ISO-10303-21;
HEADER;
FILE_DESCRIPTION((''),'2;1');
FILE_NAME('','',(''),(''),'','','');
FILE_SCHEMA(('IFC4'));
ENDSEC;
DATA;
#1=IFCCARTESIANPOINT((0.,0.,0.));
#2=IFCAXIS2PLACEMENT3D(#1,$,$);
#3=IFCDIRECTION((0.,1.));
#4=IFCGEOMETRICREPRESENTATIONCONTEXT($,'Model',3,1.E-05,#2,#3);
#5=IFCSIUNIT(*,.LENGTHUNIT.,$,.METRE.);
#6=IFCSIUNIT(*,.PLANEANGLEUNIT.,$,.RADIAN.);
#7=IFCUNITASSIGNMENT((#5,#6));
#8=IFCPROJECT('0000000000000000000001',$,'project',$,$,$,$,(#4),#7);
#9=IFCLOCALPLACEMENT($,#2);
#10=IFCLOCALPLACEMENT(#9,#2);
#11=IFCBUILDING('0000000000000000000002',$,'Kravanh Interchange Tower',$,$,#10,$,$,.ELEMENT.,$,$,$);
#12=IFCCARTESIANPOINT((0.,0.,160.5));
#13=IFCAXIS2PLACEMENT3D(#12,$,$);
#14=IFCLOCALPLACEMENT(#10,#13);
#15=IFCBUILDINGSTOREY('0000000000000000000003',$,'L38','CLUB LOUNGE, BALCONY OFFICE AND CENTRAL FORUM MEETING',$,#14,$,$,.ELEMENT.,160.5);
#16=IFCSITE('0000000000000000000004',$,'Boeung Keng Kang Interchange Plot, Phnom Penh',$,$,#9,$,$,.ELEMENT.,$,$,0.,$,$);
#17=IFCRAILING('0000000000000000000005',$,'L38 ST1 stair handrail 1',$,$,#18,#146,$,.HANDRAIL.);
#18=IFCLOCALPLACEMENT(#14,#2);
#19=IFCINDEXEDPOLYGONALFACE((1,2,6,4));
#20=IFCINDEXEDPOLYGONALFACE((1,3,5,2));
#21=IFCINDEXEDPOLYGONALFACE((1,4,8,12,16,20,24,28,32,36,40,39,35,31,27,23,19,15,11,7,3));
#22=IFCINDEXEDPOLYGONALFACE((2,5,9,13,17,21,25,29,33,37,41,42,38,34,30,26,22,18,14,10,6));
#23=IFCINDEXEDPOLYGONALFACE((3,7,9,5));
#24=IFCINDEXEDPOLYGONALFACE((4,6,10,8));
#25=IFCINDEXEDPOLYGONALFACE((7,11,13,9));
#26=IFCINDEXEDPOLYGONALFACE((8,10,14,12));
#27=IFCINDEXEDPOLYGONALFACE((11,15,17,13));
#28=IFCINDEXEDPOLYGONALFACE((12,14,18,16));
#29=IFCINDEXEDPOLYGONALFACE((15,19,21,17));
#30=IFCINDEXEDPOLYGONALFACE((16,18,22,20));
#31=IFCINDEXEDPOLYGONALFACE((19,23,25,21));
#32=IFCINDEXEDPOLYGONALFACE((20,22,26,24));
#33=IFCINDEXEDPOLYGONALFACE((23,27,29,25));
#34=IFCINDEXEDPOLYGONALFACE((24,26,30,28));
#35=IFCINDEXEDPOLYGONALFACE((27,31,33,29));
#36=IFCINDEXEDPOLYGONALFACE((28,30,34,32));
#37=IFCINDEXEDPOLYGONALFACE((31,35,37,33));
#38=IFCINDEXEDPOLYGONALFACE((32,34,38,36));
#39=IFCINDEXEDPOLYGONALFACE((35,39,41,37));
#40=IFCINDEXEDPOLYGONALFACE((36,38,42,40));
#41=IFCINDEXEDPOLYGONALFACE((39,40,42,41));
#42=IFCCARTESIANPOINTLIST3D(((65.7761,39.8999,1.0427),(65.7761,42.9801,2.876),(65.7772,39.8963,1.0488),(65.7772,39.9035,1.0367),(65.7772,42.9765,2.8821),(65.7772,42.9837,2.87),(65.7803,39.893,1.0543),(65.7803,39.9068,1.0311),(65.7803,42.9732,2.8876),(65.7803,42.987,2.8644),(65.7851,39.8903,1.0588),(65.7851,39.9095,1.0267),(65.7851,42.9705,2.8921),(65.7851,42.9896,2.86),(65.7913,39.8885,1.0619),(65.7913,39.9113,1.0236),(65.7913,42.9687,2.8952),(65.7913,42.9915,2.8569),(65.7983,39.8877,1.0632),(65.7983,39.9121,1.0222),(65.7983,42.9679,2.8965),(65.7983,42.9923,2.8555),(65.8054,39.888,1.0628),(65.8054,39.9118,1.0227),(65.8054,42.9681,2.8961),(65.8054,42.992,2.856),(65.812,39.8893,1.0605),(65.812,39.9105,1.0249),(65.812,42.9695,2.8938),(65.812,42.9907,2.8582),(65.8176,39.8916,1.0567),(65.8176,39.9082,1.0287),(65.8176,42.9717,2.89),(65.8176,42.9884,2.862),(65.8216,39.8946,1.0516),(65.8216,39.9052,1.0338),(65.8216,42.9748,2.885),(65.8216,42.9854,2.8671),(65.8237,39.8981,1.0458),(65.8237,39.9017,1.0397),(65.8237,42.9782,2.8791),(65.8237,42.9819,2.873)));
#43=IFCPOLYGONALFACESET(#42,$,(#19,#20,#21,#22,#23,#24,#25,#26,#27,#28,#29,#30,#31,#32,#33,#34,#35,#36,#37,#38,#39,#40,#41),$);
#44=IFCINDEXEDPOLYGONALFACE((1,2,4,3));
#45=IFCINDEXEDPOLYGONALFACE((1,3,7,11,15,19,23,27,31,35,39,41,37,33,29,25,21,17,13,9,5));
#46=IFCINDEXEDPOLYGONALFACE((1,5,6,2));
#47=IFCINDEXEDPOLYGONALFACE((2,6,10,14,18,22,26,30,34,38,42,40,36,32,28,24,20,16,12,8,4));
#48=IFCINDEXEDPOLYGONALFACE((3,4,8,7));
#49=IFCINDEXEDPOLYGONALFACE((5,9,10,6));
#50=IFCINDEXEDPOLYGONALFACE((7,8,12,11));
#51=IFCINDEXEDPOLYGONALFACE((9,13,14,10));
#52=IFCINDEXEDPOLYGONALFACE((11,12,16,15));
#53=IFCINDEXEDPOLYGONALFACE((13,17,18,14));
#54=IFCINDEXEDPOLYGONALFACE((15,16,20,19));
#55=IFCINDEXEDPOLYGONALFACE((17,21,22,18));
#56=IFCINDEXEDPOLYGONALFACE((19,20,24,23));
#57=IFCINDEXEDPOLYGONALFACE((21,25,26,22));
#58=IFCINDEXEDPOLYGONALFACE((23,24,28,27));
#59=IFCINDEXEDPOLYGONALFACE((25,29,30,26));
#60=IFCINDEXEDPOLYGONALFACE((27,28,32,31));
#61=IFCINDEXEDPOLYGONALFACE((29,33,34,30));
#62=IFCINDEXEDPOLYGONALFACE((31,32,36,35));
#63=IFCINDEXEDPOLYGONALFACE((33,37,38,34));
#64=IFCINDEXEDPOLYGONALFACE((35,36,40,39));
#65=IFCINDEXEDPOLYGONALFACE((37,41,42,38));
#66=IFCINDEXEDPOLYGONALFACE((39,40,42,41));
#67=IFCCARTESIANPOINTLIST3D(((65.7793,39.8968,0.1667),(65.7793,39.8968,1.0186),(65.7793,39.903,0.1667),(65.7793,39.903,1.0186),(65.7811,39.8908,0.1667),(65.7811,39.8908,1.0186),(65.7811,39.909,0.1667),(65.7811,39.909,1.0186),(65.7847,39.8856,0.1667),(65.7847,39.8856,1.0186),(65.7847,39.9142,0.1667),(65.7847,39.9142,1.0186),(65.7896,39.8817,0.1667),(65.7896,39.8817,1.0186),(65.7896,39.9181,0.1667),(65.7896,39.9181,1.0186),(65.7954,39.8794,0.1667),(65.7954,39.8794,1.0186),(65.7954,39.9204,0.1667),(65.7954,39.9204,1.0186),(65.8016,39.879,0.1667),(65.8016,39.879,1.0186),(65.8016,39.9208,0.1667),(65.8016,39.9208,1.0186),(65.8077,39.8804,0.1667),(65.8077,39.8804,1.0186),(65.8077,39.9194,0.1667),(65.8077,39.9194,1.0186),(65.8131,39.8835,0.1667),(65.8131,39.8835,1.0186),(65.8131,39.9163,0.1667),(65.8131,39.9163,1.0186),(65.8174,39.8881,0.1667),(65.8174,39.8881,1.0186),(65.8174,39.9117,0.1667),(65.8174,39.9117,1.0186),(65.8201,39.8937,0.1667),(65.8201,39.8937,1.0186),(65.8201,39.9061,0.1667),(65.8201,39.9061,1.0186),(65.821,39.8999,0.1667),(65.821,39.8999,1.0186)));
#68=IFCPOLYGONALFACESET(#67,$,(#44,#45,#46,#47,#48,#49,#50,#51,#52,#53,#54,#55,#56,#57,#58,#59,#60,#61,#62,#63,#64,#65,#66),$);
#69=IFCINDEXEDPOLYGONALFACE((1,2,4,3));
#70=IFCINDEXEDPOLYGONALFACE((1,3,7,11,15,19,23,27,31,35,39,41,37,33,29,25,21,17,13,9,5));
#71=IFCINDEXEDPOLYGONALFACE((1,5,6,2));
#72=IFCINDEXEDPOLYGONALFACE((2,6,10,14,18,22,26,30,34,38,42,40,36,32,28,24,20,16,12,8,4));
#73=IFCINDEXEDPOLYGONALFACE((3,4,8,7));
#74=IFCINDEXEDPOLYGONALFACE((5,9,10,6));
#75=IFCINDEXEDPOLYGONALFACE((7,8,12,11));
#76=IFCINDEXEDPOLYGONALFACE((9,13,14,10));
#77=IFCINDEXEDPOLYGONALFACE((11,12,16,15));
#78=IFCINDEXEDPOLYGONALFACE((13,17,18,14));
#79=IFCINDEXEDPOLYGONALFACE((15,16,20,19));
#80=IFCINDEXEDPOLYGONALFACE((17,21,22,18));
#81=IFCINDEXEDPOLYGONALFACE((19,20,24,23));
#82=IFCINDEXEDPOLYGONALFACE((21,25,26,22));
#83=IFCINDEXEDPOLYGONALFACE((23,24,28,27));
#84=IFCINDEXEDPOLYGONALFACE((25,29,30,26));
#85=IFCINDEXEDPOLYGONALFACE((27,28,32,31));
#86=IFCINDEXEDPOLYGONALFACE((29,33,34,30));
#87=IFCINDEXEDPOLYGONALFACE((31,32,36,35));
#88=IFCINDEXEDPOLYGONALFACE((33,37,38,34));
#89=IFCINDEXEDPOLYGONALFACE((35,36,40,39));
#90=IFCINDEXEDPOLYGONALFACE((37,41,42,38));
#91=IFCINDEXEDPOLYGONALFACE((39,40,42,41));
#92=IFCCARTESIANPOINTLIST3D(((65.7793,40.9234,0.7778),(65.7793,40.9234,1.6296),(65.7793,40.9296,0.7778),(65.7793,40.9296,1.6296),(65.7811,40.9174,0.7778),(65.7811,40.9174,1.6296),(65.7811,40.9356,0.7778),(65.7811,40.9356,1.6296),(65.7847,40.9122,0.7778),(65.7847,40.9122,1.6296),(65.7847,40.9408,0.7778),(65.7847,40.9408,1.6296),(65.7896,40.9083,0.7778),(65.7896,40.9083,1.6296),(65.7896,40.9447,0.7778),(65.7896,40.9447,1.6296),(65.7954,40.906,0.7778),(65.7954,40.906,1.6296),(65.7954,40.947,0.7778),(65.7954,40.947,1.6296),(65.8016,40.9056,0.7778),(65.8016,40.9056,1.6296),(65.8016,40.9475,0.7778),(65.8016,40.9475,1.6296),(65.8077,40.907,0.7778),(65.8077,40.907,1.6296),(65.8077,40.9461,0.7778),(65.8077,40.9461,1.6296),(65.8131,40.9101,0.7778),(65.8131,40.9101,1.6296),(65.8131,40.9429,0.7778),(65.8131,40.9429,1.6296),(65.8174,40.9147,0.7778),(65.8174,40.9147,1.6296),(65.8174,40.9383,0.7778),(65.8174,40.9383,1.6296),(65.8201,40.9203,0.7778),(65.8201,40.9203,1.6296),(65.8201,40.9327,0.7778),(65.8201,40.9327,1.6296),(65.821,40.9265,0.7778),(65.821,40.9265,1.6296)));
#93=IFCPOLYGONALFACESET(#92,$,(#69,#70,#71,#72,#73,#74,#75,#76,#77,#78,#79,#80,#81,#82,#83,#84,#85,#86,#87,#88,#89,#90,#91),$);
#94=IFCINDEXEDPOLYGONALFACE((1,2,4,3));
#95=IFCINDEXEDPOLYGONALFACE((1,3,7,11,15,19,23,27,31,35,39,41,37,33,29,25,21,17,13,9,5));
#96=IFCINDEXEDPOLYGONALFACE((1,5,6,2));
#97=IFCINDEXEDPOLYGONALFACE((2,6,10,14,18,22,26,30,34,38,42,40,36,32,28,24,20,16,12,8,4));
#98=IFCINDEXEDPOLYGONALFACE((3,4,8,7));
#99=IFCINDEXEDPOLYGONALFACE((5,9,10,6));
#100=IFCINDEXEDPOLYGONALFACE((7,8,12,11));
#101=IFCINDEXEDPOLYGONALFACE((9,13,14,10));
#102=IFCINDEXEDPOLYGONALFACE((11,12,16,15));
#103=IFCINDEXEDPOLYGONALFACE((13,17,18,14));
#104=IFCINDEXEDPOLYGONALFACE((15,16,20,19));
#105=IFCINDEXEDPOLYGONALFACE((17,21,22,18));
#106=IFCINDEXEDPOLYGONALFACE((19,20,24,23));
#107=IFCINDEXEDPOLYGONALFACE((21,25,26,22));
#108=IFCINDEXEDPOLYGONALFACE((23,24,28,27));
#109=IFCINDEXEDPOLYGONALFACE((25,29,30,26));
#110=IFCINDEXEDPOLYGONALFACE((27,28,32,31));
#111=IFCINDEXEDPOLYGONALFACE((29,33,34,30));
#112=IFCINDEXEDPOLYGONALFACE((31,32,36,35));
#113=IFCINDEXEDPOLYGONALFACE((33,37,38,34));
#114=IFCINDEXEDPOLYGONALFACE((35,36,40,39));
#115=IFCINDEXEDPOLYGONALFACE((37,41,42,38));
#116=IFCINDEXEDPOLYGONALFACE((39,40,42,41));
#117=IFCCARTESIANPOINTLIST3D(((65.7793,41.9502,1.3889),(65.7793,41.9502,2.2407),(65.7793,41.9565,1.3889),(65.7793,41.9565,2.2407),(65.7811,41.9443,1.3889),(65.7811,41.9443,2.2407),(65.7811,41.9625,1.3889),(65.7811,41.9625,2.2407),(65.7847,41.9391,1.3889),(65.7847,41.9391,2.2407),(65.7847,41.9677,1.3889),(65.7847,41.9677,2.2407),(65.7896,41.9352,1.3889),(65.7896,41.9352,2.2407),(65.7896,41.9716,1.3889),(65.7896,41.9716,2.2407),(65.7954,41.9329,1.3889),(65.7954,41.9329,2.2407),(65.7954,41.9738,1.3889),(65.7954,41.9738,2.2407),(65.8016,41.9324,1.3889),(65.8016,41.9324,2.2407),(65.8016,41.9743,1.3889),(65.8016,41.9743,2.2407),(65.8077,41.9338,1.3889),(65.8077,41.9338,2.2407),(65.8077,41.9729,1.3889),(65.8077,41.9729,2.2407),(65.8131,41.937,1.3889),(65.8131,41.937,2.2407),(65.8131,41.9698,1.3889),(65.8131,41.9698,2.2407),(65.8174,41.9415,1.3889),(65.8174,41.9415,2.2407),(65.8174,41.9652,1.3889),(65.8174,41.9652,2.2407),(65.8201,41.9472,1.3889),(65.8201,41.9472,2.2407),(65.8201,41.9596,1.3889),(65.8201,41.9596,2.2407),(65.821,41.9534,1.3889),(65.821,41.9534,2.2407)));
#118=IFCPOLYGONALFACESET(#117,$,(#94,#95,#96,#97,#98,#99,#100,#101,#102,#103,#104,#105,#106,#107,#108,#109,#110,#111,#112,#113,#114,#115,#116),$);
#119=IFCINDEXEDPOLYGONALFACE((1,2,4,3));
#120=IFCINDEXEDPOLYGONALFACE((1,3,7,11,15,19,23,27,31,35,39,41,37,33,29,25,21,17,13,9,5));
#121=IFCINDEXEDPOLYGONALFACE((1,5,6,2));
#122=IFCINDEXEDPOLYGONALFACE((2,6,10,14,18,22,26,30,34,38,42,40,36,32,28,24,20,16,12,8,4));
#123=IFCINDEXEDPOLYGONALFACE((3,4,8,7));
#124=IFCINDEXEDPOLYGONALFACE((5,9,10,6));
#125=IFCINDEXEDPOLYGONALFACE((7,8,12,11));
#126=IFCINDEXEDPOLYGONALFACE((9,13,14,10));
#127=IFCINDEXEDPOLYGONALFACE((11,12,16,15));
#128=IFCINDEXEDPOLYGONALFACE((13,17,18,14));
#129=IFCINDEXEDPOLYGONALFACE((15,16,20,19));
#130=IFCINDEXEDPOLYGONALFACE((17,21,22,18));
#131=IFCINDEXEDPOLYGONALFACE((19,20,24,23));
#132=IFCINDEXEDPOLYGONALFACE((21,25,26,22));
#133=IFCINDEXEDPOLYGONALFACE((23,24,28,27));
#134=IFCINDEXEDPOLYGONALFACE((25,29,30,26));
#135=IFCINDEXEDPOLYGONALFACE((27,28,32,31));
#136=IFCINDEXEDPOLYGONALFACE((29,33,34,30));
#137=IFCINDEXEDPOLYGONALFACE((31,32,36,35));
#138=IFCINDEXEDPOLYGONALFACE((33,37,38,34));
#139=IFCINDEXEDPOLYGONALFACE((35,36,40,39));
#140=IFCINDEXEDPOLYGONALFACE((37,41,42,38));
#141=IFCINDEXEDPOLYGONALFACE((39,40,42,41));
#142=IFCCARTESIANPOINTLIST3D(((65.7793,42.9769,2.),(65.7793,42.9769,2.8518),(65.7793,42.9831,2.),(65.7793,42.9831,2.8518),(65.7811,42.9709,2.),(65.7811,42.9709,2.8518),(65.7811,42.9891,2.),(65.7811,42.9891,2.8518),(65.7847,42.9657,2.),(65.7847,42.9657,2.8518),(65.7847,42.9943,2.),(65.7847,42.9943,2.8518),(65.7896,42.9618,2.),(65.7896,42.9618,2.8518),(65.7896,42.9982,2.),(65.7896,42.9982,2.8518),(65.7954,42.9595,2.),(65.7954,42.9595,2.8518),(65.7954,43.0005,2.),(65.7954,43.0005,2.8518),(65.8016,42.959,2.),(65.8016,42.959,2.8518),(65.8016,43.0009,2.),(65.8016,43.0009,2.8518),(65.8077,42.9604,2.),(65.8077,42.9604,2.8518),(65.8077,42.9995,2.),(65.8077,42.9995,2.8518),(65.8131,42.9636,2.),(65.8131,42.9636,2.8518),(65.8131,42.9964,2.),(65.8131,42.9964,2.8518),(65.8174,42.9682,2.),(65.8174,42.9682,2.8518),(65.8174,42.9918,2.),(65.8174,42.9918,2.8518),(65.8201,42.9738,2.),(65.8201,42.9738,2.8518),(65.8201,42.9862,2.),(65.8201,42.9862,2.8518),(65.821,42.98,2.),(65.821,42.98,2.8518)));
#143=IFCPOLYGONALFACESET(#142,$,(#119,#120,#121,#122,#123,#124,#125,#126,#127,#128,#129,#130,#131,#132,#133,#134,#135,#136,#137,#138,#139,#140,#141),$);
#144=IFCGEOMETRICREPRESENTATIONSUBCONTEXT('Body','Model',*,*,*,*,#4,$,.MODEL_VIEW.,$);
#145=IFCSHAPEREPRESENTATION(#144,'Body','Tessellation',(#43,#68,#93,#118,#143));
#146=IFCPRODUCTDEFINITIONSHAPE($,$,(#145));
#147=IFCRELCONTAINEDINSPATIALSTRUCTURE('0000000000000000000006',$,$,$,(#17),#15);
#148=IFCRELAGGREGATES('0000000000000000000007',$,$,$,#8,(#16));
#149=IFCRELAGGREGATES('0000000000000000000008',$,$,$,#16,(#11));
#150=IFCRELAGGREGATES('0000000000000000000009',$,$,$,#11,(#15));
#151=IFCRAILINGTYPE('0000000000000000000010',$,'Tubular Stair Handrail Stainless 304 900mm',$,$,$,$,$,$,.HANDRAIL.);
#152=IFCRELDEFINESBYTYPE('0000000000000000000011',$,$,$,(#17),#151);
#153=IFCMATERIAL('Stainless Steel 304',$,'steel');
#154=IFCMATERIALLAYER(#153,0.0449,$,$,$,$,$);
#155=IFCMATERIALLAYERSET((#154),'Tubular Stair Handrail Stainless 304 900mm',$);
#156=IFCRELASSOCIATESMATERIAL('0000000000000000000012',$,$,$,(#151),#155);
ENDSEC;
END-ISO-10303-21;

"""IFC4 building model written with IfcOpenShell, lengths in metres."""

from ifc_helpers import new_model, si_unit, direction, frame, origin, origin_2d, place, context, subcontext, project, spatial, circle, extrude, material, layer, layer_set, type_object, element, save


model = new_model("IFC4")

# Units and contexts
model_context = context("Model", 3, precision=1e-05, world=origin(), true_north=direction((0.0, 1.0)))
body_context = subcontext(model_context, "Body", "Model", "MODEL_VIEW")
ifc_project = project(units=[si_unit("LENGTHUNIT", "METRE"), si_unit("PLANEANGLEUNIT", "RADIAN")], contexts=[model_context])

# Site, building, storey
site_placement = place(None, origin())
site = spatial("IfcSite", under=ifc_project, at=site_placement, Name="Boeung Keng Kang Interchange Plot, Phnom Penh", CompositionType="ELEMENT", RefElevation=0.0)
building_placement = place(site_placement, origin())
building = spatial("IfcBuilding", under=site, at=building_placement, Name="Kravanh Interchange Tower", CompositionType="ELEMENT")
storey_placement = place(building_placement, frame((0.0, 0.0, 160.5)))
storey = spatial("IfcBuildingStorey", under=building, at=storey_placement, Name="L38", Description="CLUB LOUNGE, BALCONY OFFICE AND CENTRAL FORUM MEETING", CompositionType="ELEMENT", Elevation=160.5)

# Railing
ifc_material_1 = material(Name="Stainless Steel 304", Category="steel")
ifc_layer_1 = layer(ifc_material_1, 0.0449)
ifc_layer_set_1 = layer_set([ifc_layer_1], Name="Tubular Stair Handrail Stainless 304 900mm")
railing_type_1 = type_object("IfcRailingType", Name="Tubular Stair Handrail Stainless 304 900mm", PredefinedType="HANDRAIL", material=ifc_layer_set_1)
railing_1_placement = place(storey_placement, frame((65.8, 39.8999, 0.1667)))
element("IfcRailing", 1, at=railing_1_placement, inside=storey, type_object=railing_type_1, Name="L38 ST1 stair handrail 1", PredefinedType="HANDRAIL", context=body_context, shape_type="SweptSolid", body=[
    extrude(circle(Radius=0.0239, at=origin_2d()), frame((0.0, 0.0, 0.876), z_axis=(0.0, 0.859309, 0.511458), x_axis=(-1.0, 0.0, 0.0)), (0.0, 0.0, 1.0), 3.5845),
    extrude(circle(Radius=0.021, at=origin_2d()), origin(), (0.0, 0.0, 1.0), 0.8518),
    extrude(circle(Radius=0.021, at=origin_2d()), frame((0.0, 1.0266, 0.6111)), (0.0, 0.0, 1.0), 0.8518),
    extrude(circle(Radius=0.021, at=origin_2d()), frame((0.0, 2.0535, 1.2222)), (0.0, 0.0, 1.0), 0.8518),
    extrude(circle(Radius=0.021, at=origin_2d()), frame((0.0, 3.0801, 1.8333)), (0.0, 0.0, 1.0), 0.8518),
])

save(model, "model.ifc")
